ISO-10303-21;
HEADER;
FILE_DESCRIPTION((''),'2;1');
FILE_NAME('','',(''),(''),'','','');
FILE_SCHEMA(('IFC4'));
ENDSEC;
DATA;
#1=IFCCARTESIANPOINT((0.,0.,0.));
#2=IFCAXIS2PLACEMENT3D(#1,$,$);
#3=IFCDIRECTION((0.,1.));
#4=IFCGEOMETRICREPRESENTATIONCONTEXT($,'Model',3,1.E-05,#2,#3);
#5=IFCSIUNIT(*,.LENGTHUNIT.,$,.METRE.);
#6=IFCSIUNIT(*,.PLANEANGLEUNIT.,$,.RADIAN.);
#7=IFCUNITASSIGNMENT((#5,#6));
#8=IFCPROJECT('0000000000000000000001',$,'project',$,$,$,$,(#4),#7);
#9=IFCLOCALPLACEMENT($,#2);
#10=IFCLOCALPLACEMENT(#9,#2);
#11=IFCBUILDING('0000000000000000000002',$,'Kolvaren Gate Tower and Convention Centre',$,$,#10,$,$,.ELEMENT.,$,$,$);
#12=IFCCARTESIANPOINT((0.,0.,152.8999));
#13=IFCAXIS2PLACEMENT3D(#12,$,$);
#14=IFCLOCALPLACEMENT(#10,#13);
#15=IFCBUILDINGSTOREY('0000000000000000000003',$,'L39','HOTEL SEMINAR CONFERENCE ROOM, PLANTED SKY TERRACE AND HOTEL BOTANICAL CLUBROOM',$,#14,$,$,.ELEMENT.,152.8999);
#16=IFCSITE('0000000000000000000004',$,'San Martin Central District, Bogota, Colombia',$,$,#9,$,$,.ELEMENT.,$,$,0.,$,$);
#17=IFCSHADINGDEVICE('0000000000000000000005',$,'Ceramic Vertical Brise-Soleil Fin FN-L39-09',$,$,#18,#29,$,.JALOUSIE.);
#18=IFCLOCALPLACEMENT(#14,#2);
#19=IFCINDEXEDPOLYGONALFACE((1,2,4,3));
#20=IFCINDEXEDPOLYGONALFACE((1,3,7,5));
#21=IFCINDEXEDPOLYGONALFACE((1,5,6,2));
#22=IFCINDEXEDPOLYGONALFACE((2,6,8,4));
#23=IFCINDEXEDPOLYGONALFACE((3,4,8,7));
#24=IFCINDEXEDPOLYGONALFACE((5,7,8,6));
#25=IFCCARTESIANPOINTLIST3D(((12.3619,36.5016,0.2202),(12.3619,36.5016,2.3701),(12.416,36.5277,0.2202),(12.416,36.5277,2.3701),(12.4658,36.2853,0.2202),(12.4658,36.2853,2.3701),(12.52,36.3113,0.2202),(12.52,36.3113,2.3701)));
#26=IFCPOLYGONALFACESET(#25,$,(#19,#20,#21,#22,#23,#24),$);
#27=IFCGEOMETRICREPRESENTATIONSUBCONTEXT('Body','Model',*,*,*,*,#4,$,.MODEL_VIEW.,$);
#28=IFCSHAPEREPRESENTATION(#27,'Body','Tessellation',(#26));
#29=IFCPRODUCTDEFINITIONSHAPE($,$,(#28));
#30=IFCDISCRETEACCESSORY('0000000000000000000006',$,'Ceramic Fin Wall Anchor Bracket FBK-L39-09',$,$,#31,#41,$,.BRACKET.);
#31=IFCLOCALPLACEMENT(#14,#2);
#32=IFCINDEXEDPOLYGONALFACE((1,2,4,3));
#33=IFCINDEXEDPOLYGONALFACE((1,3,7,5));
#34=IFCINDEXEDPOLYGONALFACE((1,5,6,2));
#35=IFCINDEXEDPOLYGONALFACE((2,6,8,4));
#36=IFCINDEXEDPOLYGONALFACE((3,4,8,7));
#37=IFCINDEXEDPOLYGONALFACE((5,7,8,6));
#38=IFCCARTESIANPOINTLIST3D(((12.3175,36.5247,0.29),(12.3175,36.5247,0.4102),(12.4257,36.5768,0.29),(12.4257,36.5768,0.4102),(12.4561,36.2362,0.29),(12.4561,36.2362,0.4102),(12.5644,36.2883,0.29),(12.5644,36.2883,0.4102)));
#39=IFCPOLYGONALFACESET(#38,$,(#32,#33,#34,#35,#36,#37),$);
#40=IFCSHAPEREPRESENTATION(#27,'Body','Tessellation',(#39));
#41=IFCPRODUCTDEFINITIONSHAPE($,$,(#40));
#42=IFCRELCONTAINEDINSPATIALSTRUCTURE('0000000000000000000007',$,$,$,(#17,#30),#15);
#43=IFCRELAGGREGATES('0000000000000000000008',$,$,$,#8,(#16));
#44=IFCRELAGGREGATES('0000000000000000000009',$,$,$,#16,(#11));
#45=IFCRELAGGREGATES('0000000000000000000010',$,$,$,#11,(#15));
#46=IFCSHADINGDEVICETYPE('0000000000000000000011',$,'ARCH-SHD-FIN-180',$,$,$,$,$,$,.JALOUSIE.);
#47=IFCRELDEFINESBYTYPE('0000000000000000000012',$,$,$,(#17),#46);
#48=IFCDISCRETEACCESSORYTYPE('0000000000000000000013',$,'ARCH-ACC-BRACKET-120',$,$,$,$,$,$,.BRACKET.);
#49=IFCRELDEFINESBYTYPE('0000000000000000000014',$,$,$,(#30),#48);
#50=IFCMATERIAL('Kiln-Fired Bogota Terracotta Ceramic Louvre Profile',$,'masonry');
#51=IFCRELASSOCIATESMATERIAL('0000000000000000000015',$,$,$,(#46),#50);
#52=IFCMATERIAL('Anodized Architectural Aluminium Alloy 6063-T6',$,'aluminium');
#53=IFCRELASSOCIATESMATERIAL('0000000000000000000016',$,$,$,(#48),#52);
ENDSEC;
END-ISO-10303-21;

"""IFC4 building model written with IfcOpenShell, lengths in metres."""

from ifc_helpers import new_model, si_unit, direction, frame, origin, origin_2d, place, context, subcontext, project, spatial, rectangle, extrude, material, type_object, element, save


model = new_model("IFC4")

# Units and contexts
model_context = context("Model", 3, precision=1e-05, world=origin(), true_north=direction((0.0, 1.0)))
body_context = subcontext(model_context, "Body", "Model", "MODEL_VIEW")
ifc_project = project(units=[si_unit("LENGTHUNIT", "METRE"), si_unit("PLANEANGLEUNIT", "RADIAN")], contexts=[model_context])

# Site, building, storey
site_placement = place(None, origin())
site = spatial("IfcSite", under=ifc_project, at=site_placement, Name="San Martin Central District, Bogota, Colombia", CompositionType="ELEMENT", RefElevation=0.0)
building_placement = place(site_placement, origin())
building = spatial("IfcBuilding", under=site, at=building_placement, Name="Kolvaren Gate Tower and Convention Centre", CompositionType="ELEMENT")
storey_placement = place(building_placement, frame((0.0, 0.0, 152.8999)))
storey = spatial("IfcBuildingStorey", under=building, at=storey_placement, Name="L39", Description="HOTEL SEMINAR CONFERENCE ROOM, PLANTED SKY TERRACE AND HOTEL BOTANICAL CLUBROOM", CompositionType="ELEMENT", Elevation=152.8999)

# Shading device
ifc_material_1 = material(Name="Kiln-Fired Bogota Terracotta Ceramic Louvre Profile", Category="masonry")
shading_device_type = type_object("IfcShadingDeviceType", Name="ARCH-SHD-FIN-180", PredefinedType="JALOUSIE", material=ifc_material_1)
shading_device_placement = place(storey_placement, frame((12.4409, 36.4065, 0.2202), z_axis=(0.0, 0.0, 1.0), x_axis=(0.901358, 0.433074, 0.0)))
element("IfcShadingDevice", 1, at=shading_device_placement, inside=storey, type_object=shading_device_type, Name="Ceramic Vertical Brise-Soleil Fin FN-L39-09", PredefinedType="JALOUSIE", context=body_context, shape_type="SweptSolid", body=[
    extrude(rectangle(XDim=0.0601, YDim=0.24, at=origin_2d()), origin(), (0.0, 0.0, 1.0), 2.1499),
])

# Discrete accessory
ifc_material_2 = material(Name="Anodized Architectural Aluminium Alloy 6063-T6", Category="aluminium")
discrete_accessory_type = type_object("IfcDiscreteAccessoryType", Name="ARCH-ACC-BRACKET-120", PredefinedType="BRACKET", material=ifc_material_2)
discrete_accessory_placement = place(storey_placement, frame((12.4409, 36.4065, 0.29), z_axis=(0.0, 0.0, 1.0), x_axis=(0.901358, 0.433074, 0.0)))
element("IfcDiscreteAccessory", 2, at=discrete_accessory_placement, inside=storey, type_object=discrete_accessory_type, Name="Ceramic Fin Wall Anchor Bracket FBK-L39-09", PredefinedType="BRACKET", context=body_context, shape_type="SweptSolid", body=[
    extrude(rectangle(XDim=0.1201, YDim=0.3201, at=origin_2d()), origin(), (0.0, 0.0, 1.0), 0.1201),
])

save(model, "model.ifc")
